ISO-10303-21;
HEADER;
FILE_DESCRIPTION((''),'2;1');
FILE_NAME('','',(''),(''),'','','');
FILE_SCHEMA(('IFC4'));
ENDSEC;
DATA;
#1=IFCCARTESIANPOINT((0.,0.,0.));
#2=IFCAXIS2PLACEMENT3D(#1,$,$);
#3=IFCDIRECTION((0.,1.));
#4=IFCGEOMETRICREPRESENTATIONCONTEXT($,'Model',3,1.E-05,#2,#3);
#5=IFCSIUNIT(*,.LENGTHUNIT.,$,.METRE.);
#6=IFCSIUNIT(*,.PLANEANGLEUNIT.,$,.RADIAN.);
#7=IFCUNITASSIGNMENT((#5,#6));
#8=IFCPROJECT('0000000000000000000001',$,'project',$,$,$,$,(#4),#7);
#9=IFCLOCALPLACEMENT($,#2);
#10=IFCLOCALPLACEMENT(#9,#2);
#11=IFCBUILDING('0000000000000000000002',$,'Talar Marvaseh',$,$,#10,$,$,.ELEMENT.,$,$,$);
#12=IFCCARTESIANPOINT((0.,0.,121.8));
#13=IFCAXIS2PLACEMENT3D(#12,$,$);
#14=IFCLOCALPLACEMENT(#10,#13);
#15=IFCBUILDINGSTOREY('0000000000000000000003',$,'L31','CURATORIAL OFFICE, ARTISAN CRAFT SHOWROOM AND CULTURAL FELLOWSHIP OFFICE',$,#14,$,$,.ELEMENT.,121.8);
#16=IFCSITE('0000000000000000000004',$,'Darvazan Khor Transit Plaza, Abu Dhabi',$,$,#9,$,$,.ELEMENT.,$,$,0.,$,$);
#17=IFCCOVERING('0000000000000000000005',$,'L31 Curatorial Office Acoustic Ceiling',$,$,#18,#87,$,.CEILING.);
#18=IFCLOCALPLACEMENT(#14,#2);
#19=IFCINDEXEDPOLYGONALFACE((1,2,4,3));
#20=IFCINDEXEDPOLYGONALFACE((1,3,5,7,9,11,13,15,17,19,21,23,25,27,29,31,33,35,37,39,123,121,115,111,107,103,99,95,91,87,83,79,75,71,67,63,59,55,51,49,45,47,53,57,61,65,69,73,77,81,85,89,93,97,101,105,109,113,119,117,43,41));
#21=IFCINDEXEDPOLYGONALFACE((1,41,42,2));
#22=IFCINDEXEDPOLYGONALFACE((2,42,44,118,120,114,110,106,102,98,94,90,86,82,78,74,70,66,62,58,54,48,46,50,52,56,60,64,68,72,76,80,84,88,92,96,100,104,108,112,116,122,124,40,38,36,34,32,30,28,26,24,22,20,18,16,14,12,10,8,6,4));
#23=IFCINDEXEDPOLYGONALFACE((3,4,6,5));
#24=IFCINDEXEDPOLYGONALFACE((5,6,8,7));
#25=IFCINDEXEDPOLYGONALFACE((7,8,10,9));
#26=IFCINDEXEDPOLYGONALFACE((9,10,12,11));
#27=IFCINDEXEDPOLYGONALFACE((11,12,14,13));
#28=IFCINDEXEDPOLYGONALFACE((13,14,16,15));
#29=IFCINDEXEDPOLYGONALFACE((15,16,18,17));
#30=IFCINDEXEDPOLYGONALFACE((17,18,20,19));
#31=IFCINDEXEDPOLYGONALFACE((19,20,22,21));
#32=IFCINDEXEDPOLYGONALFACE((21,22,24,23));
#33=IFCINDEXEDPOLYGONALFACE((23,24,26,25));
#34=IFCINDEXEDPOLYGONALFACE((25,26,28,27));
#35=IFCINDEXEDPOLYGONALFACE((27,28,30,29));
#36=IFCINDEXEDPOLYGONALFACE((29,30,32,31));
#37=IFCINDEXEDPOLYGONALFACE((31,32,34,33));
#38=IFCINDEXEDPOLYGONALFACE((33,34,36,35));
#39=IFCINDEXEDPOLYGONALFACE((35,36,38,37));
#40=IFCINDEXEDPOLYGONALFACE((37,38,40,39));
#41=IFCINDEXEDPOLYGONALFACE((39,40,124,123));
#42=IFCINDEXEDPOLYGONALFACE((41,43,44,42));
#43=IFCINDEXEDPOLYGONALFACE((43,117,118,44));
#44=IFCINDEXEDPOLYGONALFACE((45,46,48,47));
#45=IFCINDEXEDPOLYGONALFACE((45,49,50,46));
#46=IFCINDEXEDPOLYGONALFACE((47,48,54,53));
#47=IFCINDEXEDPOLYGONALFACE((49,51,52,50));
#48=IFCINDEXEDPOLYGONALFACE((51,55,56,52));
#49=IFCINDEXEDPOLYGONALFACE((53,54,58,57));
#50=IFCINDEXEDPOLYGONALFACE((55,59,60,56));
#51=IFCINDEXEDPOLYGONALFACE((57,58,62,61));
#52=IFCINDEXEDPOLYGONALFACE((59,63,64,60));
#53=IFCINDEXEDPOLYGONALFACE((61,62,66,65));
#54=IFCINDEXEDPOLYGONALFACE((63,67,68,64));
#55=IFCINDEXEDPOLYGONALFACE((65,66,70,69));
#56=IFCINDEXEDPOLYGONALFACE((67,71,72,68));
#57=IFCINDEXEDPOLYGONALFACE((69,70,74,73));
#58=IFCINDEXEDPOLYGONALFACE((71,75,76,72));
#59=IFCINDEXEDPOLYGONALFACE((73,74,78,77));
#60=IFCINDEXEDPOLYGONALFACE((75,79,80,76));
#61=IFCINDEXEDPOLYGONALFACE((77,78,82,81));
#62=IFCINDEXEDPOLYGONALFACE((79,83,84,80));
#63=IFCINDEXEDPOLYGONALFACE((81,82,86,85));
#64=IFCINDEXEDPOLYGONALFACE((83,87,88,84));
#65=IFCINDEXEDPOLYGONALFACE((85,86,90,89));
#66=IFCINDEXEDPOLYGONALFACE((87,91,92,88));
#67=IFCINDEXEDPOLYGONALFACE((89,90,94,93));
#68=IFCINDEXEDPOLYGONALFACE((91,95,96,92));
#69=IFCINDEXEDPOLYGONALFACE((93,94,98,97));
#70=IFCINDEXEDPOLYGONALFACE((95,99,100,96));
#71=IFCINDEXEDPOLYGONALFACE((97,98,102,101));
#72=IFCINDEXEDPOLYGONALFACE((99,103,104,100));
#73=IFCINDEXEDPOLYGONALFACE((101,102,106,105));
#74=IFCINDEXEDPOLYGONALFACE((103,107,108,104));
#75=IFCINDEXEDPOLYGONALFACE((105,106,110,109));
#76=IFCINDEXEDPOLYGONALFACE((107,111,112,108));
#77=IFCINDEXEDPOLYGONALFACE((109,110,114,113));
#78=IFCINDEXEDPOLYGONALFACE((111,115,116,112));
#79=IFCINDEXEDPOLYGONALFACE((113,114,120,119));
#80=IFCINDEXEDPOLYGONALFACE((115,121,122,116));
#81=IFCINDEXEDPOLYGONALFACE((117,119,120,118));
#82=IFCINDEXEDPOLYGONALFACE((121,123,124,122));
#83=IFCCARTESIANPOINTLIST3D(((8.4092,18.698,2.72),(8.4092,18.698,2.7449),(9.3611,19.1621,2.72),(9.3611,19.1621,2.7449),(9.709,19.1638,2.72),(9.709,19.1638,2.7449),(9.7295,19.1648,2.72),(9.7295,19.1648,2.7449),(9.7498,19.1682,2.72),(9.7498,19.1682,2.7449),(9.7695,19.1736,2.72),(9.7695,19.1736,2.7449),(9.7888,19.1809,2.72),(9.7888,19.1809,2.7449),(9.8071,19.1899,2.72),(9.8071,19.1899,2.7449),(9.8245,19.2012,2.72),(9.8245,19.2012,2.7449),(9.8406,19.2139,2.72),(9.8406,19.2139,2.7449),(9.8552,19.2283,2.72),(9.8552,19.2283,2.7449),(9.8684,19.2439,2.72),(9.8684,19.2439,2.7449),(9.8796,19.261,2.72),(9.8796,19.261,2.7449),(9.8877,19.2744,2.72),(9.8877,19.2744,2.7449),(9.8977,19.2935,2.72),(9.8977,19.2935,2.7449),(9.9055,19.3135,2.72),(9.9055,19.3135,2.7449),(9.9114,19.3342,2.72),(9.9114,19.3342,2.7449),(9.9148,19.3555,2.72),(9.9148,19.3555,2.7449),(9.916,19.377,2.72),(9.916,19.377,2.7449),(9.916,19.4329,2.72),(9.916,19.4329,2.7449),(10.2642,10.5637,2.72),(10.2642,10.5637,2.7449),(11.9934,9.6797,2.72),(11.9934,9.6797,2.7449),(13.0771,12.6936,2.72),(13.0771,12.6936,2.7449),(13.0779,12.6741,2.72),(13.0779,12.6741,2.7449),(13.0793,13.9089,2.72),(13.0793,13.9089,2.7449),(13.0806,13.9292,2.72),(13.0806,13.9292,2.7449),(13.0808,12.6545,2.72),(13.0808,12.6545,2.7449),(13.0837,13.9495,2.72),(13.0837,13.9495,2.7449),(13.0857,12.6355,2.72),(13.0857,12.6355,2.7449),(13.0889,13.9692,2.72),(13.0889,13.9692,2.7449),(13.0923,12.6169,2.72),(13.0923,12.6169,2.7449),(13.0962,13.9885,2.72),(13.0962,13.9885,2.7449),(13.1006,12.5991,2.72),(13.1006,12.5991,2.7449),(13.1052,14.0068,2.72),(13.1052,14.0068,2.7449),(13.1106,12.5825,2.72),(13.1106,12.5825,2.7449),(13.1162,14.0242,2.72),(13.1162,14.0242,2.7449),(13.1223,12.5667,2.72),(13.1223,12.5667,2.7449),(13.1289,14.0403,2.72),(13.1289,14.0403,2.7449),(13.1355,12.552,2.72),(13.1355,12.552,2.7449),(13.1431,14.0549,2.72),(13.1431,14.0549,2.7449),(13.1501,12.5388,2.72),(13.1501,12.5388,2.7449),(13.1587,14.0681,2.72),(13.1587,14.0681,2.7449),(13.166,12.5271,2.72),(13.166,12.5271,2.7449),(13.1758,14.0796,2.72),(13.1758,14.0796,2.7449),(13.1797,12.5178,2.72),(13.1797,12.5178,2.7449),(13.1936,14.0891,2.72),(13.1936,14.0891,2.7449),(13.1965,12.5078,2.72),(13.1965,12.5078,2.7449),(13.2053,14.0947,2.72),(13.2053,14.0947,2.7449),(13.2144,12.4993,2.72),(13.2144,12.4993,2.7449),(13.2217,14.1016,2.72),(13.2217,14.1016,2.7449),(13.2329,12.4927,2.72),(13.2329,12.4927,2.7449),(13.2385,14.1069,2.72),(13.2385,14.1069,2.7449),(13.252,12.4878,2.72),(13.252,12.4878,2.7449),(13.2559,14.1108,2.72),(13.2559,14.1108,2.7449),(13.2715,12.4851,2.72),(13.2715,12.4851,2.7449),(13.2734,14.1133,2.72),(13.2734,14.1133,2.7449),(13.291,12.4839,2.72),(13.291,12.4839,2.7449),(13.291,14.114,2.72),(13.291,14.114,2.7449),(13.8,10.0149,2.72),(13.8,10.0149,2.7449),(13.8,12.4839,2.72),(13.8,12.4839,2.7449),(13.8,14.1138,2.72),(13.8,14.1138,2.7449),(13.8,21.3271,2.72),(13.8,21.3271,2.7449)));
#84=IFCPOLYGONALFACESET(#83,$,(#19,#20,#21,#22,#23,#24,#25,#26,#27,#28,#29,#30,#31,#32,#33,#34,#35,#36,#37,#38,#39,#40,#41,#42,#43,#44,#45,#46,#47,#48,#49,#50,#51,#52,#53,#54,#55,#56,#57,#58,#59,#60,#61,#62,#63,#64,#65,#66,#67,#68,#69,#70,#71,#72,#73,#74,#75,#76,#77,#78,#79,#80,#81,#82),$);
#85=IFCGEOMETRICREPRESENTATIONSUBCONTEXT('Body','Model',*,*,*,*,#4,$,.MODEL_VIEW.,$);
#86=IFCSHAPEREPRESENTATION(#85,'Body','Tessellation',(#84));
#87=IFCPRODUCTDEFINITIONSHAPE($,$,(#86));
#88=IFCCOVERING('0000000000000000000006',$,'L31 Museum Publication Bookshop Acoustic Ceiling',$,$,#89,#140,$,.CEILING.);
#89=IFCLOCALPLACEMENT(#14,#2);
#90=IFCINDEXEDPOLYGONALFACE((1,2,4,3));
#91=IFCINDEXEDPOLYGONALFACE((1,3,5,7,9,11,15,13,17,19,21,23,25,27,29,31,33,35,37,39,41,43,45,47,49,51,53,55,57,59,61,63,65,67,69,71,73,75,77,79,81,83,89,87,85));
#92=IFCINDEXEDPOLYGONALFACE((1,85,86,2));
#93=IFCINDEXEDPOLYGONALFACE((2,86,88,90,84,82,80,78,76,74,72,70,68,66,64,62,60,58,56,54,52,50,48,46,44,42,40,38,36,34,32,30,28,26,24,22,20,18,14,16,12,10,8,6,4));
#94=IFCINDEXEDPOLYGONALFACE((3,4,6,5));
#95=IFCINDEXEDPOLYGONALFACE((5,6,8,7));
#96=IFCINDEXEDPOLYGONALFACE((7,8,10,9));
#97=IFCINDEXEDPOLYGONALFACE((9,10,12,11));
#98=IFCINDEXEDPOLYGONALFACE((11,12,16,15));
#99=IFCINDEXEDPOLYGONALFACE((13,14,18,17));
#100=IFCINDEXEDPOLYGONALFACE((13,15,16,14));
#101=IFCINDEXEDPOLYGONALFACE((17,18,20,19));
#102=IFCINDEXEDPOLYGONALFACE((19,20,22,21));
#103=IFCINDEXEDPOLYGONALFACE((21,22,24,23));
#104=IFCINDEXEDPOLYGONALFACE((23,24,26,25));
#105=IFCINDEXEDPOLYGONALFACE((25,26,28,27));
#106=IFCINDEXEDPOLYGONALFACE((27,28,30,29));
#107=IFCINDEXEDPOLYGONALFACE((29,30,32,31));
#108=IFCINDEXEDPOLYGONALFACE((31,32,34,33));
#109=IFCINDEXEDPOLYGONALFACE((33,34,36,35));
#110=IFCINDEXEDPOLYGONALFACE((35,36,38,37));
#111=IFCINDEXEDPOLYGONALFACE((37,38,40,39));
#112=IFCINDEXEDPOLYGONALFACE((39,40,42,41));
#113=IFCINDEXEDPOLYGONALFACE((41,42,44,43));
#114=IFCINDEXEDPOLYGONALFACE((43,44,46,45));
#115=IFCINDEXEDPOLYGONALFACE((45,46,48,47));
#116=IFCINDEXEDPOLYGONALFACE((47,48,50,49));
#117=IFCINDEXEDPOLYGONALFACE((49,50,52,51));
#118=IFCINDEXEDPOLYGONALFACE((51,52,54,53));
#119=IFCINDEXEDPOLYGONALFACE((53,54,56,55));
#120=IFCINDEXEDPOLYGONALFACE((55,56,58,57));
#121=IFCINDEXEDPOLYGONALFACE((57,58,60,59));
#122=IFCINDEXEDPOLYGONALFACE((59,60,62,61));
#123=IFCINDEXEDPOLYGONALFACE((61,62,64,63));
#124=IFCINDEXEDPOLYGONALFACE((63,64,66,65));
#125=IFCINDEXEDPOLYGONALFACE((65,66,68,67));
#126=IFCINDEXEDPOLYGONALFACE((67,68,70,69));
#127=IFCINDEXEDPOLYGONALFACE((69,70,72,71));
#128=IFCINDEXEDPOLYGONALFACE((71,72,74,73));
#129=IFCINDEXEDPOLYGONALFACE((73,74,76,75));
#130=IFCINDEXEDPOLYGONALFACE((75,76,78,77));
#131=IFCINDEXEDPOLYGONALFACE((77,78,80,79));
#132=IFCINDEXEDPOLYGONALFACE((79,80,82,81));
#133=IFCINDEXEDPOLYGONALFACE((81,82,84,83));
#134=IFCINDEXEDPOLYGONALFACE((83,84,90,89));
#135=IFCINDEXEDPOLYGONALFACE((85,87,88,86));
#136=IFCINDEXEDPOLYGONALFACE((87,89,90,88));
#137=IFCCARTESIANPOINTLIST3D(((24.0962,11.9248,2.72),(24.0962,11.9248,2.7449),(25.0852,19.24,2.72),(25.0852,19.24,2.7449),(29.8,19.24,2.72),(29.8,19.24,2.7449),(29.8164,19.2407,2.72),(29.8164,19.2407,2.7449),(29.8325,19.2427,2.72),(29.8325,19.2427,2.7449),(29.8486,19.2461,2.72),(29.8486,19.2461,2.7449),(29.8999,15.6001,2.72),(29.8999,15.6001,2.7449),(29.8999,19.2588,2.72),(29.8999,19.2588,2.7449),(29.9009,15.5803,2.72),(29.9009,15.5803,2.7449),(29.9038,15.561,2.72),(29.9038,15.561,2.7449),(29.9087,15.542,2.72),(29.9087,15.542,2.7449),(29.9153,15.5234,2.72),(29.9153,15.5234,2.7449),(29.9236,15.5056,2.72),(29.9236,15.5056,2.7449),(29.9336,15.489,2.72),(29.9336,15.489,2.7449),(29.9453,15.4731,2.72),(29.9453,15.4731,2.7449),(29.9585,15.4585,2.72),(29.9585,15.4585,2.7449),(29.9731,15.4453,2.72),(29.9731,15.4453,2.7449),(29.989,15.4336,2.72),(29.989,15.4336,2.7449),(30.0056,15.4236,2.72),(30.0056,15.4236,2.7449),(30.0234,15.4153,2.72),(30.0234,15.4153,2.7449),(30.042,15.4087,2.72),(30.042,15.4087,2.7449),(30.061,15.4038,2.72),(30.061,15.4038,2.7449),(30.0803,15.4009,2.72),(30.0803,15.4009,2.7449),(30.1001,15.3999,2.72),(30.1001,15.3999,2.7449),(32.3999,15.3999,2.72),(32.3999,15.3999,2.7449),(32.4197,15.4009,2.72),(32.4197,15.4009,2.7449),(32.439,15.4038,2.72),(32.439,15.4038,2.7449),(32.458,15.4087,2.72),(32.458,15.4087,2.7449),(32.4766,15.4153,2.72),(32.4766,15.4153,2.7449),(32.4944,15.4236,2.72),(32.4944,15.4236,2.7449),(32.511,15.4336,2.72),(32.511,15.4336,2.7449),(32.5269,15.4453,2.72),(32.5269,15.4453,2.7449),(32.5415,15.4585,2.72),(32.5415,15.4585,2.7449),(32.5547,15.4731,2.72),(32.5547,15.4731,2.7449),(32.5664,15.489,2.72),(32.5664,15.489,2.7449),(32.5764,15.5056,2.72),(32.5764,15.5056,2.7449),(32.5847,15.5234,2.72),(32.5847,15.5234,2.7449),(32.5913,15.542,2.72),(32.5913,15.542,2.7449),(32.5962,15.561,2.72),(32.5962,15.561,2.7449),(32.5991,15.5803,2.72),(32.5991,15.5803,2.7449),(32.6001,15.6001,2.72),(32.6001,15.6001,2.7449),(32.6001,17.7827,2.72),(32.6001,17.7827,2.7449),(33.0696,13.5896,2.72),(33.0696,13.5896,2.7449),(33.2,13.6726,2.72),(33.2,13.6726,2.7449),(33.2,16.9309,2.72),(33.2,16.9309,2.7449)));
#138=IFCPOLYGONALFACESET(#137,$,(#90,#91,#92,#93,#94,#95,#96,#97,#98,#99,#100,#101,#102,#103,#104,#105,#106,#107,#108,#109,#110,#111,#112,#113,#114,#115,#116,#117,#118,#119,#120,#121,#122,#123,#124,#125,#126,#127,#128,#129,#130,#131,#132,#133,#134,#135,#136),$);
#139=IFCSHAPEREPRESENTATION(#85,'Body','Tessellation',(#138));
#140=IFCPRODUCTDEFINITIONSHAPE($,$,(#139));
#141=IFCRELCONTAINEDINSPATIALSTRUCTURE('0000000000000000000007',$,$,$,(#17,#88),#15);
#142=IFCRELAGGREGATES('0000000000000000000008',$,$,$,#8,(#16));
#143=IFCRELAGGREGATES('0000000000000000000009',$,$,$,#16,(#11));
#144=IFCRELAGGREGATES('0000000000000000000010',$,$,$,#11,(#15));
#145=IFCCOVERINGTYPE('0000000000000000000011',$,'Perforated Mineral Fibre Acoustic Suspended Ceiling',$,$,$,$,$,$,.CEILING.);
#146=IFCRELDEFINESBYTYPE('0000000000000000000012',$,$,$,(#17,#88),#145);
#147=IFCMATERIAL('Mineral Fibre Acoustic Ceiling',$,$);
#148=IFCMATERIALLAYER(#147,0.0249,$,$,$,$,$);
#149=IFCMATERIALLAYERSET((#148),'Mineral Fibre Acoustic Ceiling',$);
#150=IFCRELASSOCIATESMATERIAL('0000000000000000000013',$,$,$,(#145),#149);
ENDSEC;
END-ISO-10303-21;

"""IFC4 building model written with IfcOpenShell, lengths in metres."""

from ifc_helpers import new_model, si_unit, direction, frame, origin, place, context, subcontext, project, spatial, polyline, outline, extrude, material, layer, layer_set, type_object, element, save


model = new_model("IFC4")

# Units and contexts
model_context = context("Model", 3, precision=1e-05, world=origin(), true_north=direction((0.0, 1.0)))
body_context = subcontext(model_context, "Body", "Model", "MODEL_VIEW")
ifc_project = project(units=[si_unit("LENGTHUNIT", "METRE"), si_unit("PLANEANGLEUNIT", "RADIAN")], contexts=[model_context])

# Site, building, storey
site_placement = place(None, origin())
site = spatial("IfcSite", under=ifc_project, at=site_placement, Name="Darvazan Khor Transit Plaza, Abu Dhabi", CompositionType="ELEMENT", RefElevation=0.0)
building_placement = place(site_placement, origin())
building = spatial("IfcBuilding", under=site, at=building_placement, Name="Talar Marvaseh", CompositionType="ELEMENT")
storey_placement = place(building_placement, frame((0.0, 0.0, 121.8)))
storey = spatial("IfcBuildingStorey", under=building, at=storey_placement, Name="L31", Description="CURATORIAL OFFICE, ARTISAN CRAFT SHOWROOM AND CULTURAL FELLOWSHIP OFFICE", CompositionType="ELEMENT", Elevation=121.8)

# Coverings
ifc_material_1 = material(Name="Mineral Fibre Acoustic Ceiling")
ifc_layer_1 = layer(ifc_material_1, 0.0249)
ifc_layer_set_1 = layer_set([ifc_layer_1], Name="Mineral Fibre Acoustic Ceiling")
covering_type_1 = type_object("IfcCoveringType", Name="Perforated Mineral Fibre Acoustic Suspended Ceiling", PredefinedType="CEILING", material=ifc_layer_set_1)
covering_1_placement = place(storey_placement, frame((0.0, 0.0, 2.72)))
element("IfcCovering", 1, at=covering_1_placement, inside=storey, type_object=covering_type_1, Name="L31 Curatorial Office Acoustic Ceiling", PredefinedType="CEILING", context=body_context, shape_type="SweptSolid", body=[
    extrude(outline(polyline([(9.3611, 19.1621), (9.709, 19.1638), (9.7295, 19.1648), (9.7498, 19.1682), (9.7695, 19.1736), (9.7888, 19.1809), (9.8071, 19.1899), (9.8245, 19.2012), (9.8406, 19.2139), (9.8552, 19.2283), (9.8684, 19.2439), (9.8796, 19.261), (9.8877, 19.2744), (9.8977, 19.2935), (9.9055, 19.3135), (9.9114, 19.3342), (9.9148, 19.3555), (9.916, 19.377), (9.916, 19.4329), (13.8, 21.3271), (13.8, 14.1138), (13.291, 14.114), (13.2734, 14.1133), (13.2559, 14.1108), (13.2385, 14.1069), (13.2217, 14.1016), (13.2053, 14.0947), (13.1936, 14.0891), (13.1758, 14.0796), (13.1587, 14.0681), (13.1431, 14.0549), (13.1289, 14.0403), (13.1162, 14.0242), (13.1052, 14.0068), (13.0962, 13.9885), (13.0889, 13.9692), (13.0837, 13.9495), (13.0806, 13.9292), (13.0793, 13.9089), (13.0771, 12.6936), (13.0779, 12.6741), (13.0808, 12.6545), (13.0857, 12.6355), (13.0923, 12.6169), (13.1006, 12.5991), (13.1106, 12.5825), (13.1223, 12.5667), (13.1355, 12.552), (13.1501, 12.5388), (13.166, 12.5271), (13.1797, 12.5178), (13.1965, 12.5078), (13.2144, 12.4993), (13.2329, 12.4927), (13.252, 12.4878), (13.2715, 12.4851), (13.291, 12.4839), (13.8, 12.4839), (13.8, 10.0149), (11.9934, 9.6797), (10.2642, 10.5637), (8.4092, 18.698), (9.3611, 19.1621)])), origin(), (0.0, 0.0, 1.0), 0.0249),
])
covering_2_placement = place(storey_placement, frame((0.0, 0.0, 2.72)))
element("IfcCovering", 2, at=covering_2_placement, inside=storey, type_object=covering_type_1, Name="L31 Museum Publication Bookshop Acoustic Ceiling", PredefinedType="CEILING", context=body_context, shape_type="SweptSolid", body=[
    extrude(outline(polyline([(29.8, 19.24), (29.8164, 19.2407), (29.8325, 19.2427), (29.8486, 19.2461), (29.8999, 19.2588), (29.8999, 15.6001), (29.9009, 15.5803), (29.9038, 15.561), (29.9087, 15.542), (29.9153, 15.5234), (29.9236, 15.5056), (29.9336, 15.489), (29.9453, 15.4731), (29.9585, 15.4585), (29.9731, 15.4453), (29.989, 15.4336), (30.0056, 15.4236), (30.0234, 15.4153), (30.042, 15.4087), (30.061, 15.4038), (30.0803, 15.4009), (30.1001, 15.3999), (32.3999, 15.3999), (32.4197, 15.4009), (32.439, 15.4038), (32.458, 15.4087), (32.4766, 15.4153), (32.4944, 15.4236), (32.511, 15.4336), (32.5269, 15.4453), (32.5415, 15.4585), (32.5547, 15.4731), (32.5664, 15.489), (32.5764, 15.5056), (32.5847, 15.5234), (32.5913, 15.542), (32.5962, 15.561), (32.5991, 15.5803), (32.6001, 15.6001), (32.6001, 17.7827), (33.2, 16.9309), (33.2, 13.6726), (33.0696, 13.5896), (24.0962, 11.9248), (25.0852, 19.24), (29.8, 19.24)])), origin(), (0.0, 0.0, 1.0), 0.0249),
])

save(model, "model.ifc")
